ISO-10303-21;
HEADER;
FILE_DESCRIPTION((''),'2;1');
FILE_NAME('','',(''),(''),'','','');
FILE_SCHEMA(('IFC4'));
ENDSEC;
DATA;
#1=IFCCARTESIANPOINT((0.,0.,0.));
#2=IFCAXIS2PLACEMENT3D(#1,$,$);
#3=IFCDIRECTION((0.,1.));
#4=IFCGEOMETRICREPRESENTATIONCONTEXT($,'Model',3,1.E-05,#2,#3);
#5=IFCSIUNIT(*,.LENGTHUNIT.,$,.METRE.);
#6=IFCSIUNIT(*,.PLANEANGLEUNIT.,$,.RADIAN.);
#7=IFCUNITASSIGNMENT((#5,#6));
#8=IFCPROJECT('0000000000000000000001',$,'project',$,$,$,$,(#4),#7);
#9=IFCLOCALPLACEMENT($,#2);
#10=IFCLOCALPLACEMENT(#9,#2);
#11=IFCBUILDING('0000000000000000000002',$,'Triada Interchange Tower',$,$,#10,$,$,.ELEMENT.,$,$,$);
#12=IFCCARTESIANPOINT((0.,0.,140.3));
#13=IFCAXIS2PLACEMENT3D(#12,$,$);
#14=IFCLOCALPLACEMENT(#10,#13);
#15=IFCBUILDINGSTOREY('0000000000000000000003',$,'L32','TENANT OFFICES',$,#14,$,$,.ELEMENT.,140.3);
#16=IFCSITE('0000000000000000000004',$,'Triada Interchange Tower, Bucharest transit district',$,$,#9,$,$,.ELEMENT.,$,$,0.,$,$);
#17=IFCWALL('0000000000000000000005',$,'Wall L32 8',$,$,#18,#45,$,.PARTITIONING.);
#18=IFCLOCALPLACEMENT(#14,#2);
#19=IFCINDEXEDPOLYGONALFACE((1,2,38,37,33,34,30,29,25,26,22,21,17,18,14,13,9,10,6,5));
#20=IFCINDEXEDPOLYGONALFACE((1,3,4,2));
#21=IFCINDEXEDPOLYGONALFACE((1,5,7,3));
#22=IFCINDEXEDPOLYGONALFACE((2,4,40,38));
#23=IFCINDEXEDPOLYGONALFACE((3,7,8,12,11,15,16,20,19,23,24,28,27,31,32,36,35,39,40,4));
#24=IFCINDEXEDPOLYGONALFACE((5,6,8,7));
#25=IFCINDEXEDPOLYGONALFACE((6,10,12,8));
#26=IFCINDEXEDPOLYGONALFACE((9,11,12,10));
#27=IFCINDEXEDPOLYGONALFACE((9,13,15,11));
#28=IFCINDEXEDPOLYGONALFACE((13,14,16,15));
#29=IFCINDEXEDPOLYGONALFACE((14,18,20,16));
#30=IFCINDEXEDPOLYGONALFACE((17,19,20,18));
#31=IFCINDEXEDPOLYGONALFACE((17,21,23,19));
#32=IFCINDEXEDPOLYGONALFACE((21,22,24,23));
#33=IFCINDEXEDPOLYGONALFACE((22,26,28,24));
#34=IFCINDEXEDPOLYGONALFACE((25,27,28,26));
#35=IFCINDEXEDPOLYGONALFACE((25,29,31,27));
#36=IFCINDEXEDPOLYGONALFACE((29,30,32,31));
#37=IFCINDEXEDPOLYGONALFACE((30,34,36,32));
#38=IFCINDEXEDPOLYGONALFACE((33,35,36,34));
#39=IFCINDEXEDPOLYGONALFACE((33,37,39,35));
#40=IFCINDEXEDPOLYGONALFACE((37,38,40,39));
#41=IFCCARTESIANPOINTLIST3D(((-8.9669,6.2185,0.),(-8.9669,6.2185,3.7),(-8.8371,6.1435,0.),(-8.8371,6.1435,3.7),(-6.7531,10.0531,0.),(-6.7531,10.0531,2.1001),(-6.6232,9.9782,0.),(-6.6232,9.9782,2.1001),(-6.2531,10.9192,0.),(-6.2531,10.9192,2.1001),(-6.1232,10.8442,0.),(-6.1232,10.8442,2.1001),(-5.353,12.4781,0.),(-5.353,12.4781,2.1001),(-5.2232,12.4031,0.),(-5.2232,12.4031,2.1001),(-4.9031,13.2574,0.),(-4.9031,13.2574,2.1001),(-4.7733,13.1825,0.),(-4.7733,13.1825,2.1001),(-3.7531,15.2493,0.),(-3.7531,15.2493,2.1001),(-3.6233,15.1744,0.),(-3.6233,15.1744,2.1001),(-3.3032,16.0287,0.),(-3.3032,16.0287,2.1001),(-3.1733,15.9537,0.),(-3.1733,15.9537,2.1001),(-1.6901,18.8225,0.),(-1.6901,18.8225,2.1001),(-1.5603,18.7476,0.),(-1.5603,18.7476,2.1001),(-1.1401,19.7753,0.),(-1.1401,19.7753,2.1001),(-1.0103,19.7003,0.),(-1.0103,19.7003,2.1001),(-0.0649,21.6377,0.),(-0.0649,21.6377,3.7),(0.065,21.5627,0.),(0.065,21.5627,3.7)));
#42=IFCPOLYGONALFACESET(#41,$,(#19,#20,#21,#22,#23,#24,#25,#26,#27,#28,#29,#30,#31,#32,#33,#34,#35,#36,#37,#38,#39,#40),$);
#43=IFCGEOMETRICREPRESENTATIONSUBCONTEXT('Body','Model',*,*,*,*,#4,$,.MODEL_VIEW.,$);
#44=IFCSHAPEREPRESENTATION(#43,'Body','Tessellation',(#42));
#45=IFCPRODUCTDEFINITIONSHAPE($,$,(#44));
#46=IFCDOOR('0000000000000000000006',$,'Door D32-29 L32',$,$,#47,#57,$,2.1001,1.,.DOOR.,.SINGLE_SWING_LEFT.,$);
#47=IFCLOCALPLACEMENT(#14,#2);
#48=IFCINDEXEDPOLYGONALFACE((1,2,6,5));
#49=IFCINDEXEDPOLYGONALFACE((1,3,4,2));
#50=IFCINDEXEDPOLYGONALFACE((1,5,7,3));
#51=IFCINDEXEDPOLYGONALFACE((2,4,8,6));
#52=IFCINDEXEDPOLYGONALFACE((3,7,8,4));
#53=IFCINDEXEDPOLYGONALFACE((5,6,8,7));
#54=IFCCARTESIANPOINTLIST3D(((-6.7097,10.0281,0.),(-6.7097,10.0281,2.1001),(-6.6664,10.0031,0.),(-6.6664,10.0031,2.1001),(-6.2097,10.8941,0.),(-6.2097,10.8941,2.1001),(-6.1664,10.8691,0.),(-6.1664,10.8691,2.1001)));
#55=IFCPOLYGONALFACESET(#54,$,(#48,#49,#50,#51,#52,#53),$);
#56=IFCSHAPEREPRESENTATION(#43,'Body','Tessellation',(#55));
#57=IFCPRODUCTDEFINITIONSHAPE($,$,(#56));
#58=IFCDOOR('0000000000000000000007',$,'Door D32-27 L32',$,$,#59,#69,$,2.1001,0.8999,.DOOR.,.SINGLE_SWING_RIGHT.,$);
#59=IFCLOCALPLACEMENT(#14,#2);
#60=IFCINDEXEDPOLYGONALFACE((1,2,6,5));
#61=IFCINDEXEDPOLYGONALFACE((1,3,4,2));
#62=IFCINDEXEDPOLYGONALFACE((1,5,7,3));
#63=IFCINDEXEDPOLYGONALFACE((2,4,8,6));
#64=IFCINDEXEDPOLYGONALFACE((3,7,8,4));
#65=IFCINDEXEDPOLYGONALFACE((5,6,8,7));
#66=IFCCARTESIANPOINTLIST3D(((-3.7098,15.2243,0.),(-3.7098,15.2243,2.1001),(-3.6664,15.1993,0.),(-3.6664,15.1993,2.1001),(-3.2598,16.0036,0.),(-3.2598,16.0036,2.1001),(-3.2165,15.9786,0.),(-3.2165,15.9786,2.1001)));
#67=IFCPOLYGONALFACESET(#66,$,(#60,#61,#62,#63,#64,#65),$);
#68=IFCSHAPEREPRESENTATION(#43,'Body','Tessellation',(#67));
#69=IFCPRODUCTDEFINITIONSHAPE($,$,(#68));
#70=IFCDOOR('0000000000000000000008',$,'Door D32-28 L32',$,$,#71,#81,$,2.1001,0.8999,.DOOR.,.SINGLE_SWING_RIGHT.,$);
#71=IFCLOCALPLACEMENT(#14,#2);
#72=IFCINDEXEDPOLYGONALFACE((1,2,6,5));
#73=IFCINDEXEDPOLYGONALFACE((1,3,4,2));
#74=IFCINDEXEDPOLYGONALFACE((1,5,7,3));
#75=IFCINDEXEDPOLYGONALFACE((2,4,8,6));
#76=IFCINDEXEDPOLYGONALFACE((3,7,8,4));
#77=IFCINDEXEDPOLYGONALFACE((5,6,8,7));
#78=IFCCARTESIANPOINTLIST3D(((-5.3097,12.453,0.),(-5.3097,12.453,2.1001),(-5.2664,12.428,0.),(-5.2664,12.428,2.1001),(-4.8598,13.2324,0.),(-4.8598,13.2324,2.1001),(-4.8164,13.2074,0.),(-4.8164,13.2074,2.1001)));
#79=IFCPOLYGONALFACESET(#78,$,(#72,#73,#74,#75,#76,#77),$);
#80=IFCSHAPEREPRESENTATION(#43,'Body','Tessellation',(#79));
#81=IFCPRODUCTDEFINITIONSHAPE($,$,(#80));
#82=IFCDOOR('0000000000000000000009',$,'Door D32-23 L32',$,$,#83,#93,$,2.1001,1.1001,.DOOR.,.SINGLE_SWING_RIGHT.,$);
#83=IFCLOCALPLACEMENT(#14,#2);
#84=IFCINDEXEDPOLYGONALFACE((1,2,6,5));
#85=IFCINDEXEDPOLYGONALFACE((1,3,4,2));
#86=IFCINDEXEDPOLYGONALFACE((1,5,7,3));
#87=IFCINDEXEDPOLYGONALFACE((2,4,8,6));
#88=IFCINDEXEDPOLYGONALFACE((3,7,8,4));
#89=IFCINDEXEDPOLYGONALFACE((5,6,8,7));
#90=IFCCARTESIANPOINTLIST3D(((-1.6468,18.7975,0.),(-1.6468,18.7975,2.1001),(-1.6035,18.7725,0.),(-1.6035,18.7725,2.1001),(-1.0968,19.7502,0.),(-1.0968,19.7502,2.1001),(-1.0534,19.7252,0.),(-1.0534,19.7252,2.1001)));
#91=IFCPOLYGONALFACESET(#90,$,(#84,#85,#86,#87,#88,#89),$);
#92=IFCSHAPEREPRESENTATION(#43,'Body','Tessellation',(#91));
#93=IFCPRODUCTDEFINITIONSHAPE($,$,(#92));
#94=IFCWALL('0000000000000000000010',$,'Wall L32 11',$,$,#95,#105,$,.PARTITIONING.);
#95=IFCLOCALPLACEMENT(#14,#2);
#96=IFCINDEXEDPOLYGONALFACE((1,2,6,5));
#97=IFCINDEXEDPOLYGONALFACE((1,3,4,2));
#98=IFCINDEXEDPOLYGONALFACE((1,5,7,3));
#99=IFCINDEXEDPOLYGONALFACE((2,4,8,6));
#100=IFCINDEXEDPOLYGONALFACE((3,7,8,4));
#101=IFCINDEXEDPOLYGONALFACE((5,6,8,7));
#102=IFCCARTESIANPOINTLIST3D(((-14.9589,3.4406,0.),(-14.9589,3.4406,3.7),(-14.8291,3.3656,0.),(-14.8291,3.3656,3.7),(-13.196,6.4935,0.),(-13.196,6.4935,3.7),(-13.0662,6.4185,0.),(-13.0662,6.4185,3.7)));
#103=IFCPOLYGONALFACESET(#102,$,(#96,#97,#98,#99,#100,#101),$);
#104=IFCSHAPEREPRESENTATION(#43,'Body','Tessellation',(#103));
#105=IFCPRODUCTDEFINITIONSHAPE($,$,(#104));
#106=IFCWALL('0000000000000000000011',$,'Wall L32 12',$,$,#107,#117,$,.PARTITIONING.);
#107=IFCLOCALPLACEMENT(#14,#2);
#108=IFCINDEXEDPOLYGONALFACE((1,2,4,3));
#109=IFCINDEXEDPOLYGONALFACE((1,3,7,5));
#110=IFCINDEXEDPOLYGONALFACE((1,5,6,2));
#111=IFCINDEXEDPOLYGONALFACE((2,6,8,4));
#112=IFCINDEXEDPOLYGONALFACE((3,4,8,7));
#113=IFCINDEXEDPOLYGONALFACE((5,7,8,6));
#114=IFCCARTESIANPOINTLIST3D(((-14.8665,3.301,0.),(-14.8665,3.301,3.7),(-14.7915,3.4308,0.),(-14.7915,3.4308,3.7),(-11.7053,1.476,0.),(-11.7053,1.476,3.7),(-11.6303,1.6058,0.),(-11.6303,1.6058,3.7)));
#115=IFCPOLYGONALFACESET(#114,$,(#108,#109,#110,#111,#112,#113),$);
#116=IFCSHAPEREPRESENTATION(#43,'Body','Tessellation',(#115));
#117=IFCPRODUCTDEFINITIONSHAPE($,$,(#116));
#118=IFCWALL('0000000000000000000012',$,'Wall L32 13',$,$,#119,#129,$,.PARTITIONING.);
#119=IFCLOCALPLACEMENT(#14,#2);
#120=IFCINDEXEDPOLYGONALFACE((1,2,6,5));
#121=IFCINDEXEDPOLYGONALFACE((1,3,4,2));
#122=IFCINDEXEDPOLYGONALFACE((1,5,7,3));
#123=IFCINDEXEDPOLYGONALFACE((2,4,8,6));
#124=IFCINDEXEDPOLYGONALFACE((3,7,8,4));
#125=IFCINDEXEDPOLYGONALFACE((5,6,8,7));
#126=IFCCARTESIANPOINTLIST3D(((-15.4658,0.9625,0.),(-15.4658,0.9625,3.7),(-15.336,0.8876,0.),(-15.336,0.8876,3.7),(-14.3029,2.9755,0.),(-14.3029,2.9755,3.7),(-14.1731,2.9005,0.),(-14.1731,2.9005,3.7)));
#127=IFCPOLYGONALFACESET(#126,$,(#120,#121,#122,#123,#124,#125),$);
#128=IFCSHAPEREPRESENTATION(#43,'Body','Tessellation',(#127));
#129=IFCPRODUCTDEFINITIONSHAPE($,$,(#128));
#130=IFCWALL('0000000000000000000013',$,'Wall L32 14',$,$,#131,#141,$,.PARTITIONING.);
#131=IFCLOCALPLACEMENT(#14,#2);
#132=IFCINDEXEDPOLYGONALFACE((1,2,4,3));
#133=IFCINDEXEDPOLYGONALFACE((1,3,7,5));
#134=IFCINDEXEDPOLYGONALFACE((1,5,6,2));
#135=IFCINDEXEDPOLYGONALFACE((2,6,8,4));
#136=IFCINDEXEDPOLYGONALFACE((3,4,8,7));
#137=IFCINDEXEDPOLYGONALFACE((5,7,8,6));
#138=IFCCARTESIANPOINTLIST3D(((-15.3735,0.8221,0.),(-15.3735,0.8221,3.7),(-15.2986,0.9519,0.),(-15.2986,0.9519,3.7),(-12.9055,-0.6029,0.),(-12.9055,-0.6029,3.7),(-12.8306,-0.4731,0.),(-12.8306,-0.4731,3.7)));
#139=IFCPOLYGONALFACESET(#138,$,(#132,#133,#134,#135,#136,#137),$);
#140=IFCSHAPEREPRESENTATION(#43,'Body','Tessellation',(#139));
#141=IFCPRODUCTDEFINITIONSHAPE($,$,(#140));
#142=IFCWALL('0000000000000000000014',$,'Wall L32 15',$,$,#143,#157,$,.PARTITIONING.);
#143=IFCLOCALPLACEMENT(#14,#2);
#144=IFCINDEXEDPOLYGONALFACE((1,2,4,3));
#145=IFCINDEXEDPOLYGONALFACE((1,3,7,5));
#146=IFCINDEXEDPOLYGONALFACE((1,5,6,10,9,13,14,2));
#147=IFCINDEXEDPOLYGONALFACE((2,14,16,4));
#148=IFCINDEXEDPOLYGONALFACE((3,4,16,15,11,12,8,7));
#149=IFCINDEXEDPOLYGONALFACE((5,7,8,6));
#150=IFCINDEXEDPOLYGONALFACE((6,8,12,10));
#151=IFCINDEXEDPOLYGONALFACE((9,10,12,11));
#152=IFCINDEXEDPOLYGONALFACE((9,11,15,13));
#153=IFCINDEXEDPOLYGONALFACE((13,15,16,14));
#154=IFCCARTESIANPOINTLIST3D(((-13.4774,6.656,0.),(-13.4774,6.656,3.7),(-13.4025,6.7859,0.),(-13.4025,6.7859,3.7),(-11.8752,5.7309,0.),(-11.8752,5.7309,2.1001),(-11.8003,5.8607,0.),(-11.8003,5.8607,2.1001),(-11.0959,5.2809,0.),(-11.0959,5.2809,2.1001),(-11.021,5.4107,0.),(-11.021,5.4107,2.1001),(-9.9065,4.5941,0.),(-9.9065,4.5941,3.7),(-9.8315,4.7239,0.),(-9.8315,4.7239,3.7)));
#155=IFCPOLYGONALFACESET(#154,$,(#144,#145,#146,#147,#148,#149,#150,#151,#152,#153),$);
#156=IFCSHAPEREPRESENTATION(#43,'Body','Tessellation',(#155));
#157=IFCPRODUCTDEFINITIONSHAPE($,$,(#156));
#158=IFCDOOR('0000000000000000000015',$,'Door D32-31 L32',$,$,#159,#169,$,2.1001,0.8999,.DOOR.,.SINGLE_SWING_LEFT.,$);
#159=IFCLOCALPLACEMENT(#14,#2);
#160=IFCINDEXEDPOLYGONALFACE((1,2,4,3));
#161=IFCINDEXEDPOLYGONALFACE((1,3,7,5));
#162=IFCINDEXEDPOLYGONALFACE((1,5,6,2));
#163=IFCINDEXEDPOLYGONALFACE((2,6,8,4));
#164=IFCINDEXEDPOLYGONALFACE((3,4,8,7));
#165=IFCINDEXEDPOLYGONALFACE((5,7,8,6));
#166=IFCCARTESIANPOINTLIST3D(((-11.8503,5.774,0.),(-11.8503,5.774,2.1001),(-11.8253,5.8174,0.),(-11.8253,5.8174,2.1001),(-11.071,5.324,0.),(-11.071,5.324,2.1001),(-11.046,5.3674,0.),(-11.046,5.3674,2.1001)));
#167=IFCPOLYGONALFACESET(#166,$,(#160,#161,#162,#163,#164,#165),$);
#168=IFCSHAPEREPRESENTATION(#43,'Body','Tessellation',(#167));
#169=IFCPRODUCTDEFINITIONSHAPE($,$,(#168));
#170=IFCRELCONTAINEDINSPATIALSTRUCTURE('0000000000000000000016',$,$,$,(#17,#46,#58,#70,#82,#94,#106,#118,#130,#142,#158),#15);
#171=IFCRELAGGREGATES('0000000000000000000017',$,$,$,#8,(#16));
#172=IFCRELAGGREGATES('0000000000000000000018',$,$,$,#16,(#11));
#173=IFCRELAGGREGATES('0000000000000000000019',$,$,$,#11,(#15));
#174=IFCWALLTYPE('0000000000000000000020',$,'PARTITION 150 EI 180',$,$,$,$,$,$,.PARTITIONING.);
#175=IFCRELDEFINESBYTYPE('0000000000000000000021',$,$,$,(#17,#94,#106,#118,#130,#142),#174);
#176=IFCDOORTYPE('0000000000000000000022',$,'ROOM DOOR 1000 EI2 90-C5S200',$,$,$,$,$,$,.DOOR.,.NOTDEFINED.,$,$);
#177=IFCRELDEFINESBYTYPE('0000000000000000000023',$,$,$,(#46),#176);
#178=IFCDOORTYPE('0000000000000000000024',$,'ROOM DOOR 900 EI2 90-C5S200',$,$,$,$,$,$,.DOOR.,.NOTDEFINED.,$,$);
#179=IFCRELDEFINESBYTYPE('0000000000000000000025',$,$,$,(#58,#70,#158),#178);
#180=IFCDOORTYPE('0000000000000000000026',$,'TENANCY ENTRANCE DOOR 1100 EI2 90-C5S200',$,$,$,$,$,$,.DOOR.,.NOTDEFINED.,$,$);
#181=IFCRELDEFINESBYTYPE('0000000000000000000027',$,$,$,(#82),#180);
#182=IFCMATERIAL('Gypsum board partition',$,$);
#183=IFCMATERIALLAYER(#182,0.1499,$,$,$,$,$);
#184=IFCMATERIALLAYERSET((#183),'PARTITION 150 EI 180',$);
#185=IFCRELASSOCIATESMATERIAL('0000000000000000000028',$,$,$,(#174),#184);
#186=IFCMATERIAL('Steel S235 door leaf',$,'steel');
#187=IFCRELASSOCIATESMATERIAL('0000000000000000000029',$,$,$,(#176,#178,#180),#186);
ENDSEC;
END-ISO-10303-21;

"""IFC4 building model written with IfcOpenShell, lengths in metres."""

from ifc_helpers import new_model, si_unit, direction, frame, frame_2d, origin, place, context, subcontext, project, spatial, rectangle, extrude, material, layer, layer_set, type_object, element, fill, save


model = new_model("IFC4")

# Units and contexts
model_context = context("Model", 3, precision=1e-05, world=origin(), true_north=direction((0.0, 1.0)))
body_context = subcontext(model_context, "Body", "Model", "MODEL_VIEW")
ifc_project = project(units=[si_unit("LENGTHUNIT", "METRE"), si_unit("PLANEANGLEUNIT", "RADIAN")], contexts=[model_context])

# Site, building, storey
site_placement = place(None, origin())
site = spatial("IfcSite", under=ifc_project, at=site_placement, Name="Triada Interchange Tower, Bucharest transit district", CompositionType="ELEMENT", RefElevation=0.0)
building_placement = place(site_placement, origin())
building = spatial("IfcBuilding", under=site, at=building_placement, Name="Triada Interchange Tower", CompositionType="ELEMENT")
storey_placement = place(building_placement, frame((0.0, 0.0, 140.3)))
storey = spatial("IfcBuildingStorey", under=building, at=storey_placement, Name="L32", Description="TENANT OFFICES", CompositionType="ELEMENT", Elevation=140.3)

# Wall, openings, doors
ifc_material_1 = material(Name="Gypsum board partition")
ifc_layer_1 = layer(ifc_material_1, 0.1499)
ifc_layer_set_1 = layer_set([ifc_layer_1], Name="PARTITION 150 EI 180")
wall_type_1 = type_object("IfcWallType", Name="PARTITION 150 EI 180", PredefinedType="PARTITIONING", material=ifc_layer_set_1)
wall_1_placement = place(storey_placement, frame((-8.9021, 6.1809, 0.0), z_axis=(0.0, 0.0, 1.0), x_axis=(0.499993, 0.86603, 0.0)))
wall_1 = element("IfcWall", 1, at=wall_1_placement, inside=storey, type_object=wall_type_1, Name="Wall L32 8", PredefinedType="PARTITIONING", context=body_context, shape_type="SweptSolid", body=[
    extrude(rectangle(XDim=17.8044, YDim=0.1499, at=frame_2d((8.9023, 0.0))), origin(), (0.0, 0.0, 1.0), 3.7),
])
opening_1_placement = place(wall_1_placement, frame((14.554, 0.0, 0.0)))
opening_1 = element("IfcOpeningElement", 2, at=opening_1_placement, cuts=wall_1, PredefinedType="OPENING", context=body_context, shape_type="SweptSolid", body=[
    extrude(rectangle(XDim=1.1001, YDim=2.1001, at=frame_2d((0.55, 1.05))), frame((0.0, 0.085, 0.0), z_axis=(0.0, -1.0, 0.0), x_axis=(1.0, 0.0, 0.0)), (0.0, 0.0, 1.0), 0.1699),
])
opening_2_placement = place(wall_1_placement, frame((10.428, 0.0, 0.0)))
opening_2 = element("IfcOpeningElement", 3, at=opening_2_placement, cuts=wall_1, PredefinedType="OPENING", context=body_context, shape_type="SweptSolid", body=[
    extrude(rectangle(XDim=0.8999, YDim=2.1001, at=frame_2d((0.45, 1.05))), frame((0.0, 0.085, 0.0), z_axis=(0.0, -1.0, 0.0), x_axis=(1.0, 0.0, 0.0)), (0.0, 0.0, 1.0), 0.1699),
])
opening_3_placement = place(wall_1_placement, frame((7.228, 0.0, 0.0)))
opening_3 = element("IfcOpeningElement", 4, at=opening_3_placement, cuts=wall_1, PredefinedType="OPENING", context=body_context, shape_type="SweptSolid", body=[
    extrude(rectangle(XDim=0.8999, YDim=2.1001, at=frame_2d((0.45, 1.05))), frame((0.0, 0.085, 0.0), z_axis=(0.0, -1.0, 0.0), x_axis=(1.0, 0.0, 0.0)), (0.0, 0.0, 1.0), 0.1699),
])
opening_4_placement = place(wall_1_placement, frame((4.428, 0.0, 0.0)))
opening_4 = element("IfcOpeningElement", 5, at=opening_4_placement, cuts=wall_1, PredefinedType="OPENING", context=body_context, shape_type="SweptSolid", body=[
    extrude(rectangle(XDim=1.0, YDim=2.1001, at=frame_2d((0.5, 1.05))), frame((0.0, 0.085, 0.0), z_axis=(0.0, -1.0, 0.0), x_axis=(1.0, 0.0, 0.0)), (0.0, 0.0, 1.0), 0.1699),
])
ifc_material_2 = material(Name="Steel S235 door leaf", Category="steel")
door_type_1 = type_object("IfcDoorType", Name="ROOM DOOR 1000 EI2 90-C5S200", OperationType="NOTDEFINED", PredefinedType="DOOR", material=ifc_material_2)
door_1_placement = place(opening_4_placement, origin())
door_1 = element("IfcDoor", 6, at=door_1_placement, inside=storey, type_object=door_type_1, Name="Door D32-29 L32", OperationType="SINGLE_SWING_LEFT", OverallHeight=2.1001, OverallWidth=1.0, PredefinedType="DOOR", context=body_context, shape_type="SweptSolid", body=[
    extrude(rectangle(XDim=1.0, YDim=2.1001, at=frame_2d((0.5, 1.05))), frame((0.0, 0.0249, 0.0), z_axis=(0.0, -1.0, 0.0), x_axis=(1.0, 0.0, 0.0)), (0.0, 0.0, 1.0), 0.05),
])
fill(opening_4, door_1)
door_type_2 = type_object("IfcDoorType", Name="ROOM DOOR 900 EI2 90-C5S200", OperationType="NOTDEFINED", PredefinedType="DOOR", material=ifc_material_2)
door_2_placement = place(opening_2_placement, origin())
door_2 = element("IfcDoor", 7, at=door_2_placement, inside=storey, type_object=door_type_2, Name="Door D32-27 L32", OperationType="SINGLE_SWING_RIGHT", OverallHeight=2.1001, OverallWidth=0.8999, PredefinedType="DOOR", context=body_context, shape_type="SweptSolid", body=[
    extrude(rectangle(XDim=0.8999, YDim=2.1001, at=frame_2d((0.45, 1.05))), frame((0.0, 0.0249, 0.0), z_axis=(0.0, -1.0, 0.0), x_axis=(1.0, 0.0, 0.0)), (0.0, 0.0, 1.0), 0.05),
])
fill(opening_2, door_2)
door_3_placement = place(opening_3_placement, origin())
door_3 = element("IfcDoor", 8, at=door_3_placement, inside=storey, type_object=door_type_2, Name="Door D32-28 L32", OperationType="SINGLE_SWING_RIGHT", OverallHeight=2.1001, OverallWidth=0.8999, PredefinedType="DOOR", context=body_context, shape_type="SweptSolid", body=[
    extrude(rectangle(XDim=0.8999, YDim=2.1001, at=frame_2d((0.45, 1.05))), frame((0.0, 0.0249, 0.0), z_axis=(0.0, -1.0, 0.0), x_axis=(1.0, 0.0, 0.0)), (0.0, 0.0, 1.0), 0.05),
])
fill(opening_3, door_3)
door_type_3 = type_object("IfcDoorType", Name="TENANCY ENTRANCE DOOR 1100 EI2 90-C5S200", OperationType="NOTDEFINED", PredefinedType="DOOR", material=ifc_material_2)
door_4_placement = place(opening_1_placement, origin())
door_4 = element("IfcDoor", 9, at=door_4_placement, inside=storey, type_object=door_type_3, Name="Door D32-23 L32", OperationType="SINGLE_SWING_RIGHT", OverallHeight=2.1001, OverallWidth=1.1001, PredefinedType="DOOR", context=body_context, shape_type="SweptSolid", body=[
    extrude(rectangle(XDim=1.1001, YDim=2.1001, at=frame_2d((0.55, 1.05))), frame((0.0, 0.0249, 0.0), z_axis=(0.0, -1.0, 0.0), x_axis=(1.0, 0.0, 0.0)), (0.0, 0.0, 1.0), 0.05),
])
fill(opening_1, door_4)

# Walls
wall_2_placement = place(storey_placement, frame((-14.894, 3.4031, 0.0), z_axis=(0.0, 0.0, 1.0), x_axis=(0.500064, 0.865988, 0.0)))
element("IfcWall", 10, at=wall_2_placement, inside=storey, type_object=wall_type_1, Name="Wall L32 11", PredefinedType="PARTITIONING", context=body_context, shape_type="SweptSolid", body=[
    extrude(rectangle(XDim=3.5254, YDim=0.1499, at=frame_2d((1.7627, 0.0))), origin(), (0.0, 0.0, 1.0), 3.7),
])
wall_3_placement = place(storey_placement, frame((-14.8291, 3.366, 0.0), z_axis=(0.0, 0.0, 1.0), x_axis=(0.866041, -0.499973, 0.0)))
element("IfcWall", 11, at=wall_3_placement, inside=storey, type_object=wall_type_1, Name="Wall L32 12", PredefinedType="PARTITIONING", context=body_context, shape_type="SweptSolid", body=[
    extrude(rectangle(XDim=3.6501, YDim=0.1499, at=frame_2d((1.8252, 0.0))), origin(), (0.0, 0.0, 1.0), 3.7),
])
wall_4_placement = place(storey_placement, frame((-15.4009, 0.925, 0.0), z_axis=(0.0, 0.0, 1.0), x_axis=(0.500216, 0.8659, 0.0)))
element("IfcWall", 12, at=wall_4_placement, inside=storey, type_object=wall_type_1, Name="Wall L32 13", PredefinedType="PARTITIONING", context=body_context, shape_type="SweptSolid", body=[
    extrude(rectangle(XDim=2.3247, YDim=0.1499, at=frame_2d((1.1624, 0.0))), origin(), (0.0, 0.0, 1.0), 3.7),
])
wall_5_placement = place(storey_placement, frame((-15.3359, 0.887, 0.0), z_axis=(0.0, 0.0, 1.0), x_axis=(0.866004, -0.500036, 0.0)))
element("IfcWall", 13, at=wall_5_placement, inside=storey, type_object=wall_type_1, Name="Wall L32 14", PredefinedType="PARTITIONING", context=body_context, shape_type="SweptSolid", body=[
    extrude(rectangle(XDim=2.8499, YDim=0.1499, at=frame_2d((1.4248, 0.0))), origin(), (0.0, 0.0, 1.0), 3.7),
])

# Wall, opening, door
wall_6_placement = place(storey_placement, frame((-13.4399, 6.7209, 0.0), z_axis=(0.0, 0.0, 1.0), x_axis=(0.865997, -0.500049, 0.0)))
wall_6 = element("IfcWall", 14, at=wall_6_placement, inside=storey, type_object=wall_type_1, Name="Wall L32 15", PredefinedType="PARTITIONING", context=body_context, shape_type="SweptSolid", body=[
    extrude(rectangle(XDim=4.1235, YDim=0.1499, at=frame_2d((2.0618, 0.0))), origin(), (0.0, 0.0, 1.0), 3.7),
])
opening_5_placement = place(wall_6_placement, frame((1.8501, 0.0, 0.0)))
opening_5 = element("IfcOpeningElement", 15, at=opening_5_placement, cuts=wall_6, PredefinedType="OPENING", context=body_context, shape_type="SweptSolid", body=[
    extrude(rectangle(XDim=0.8999, YDim=2.1001, at=frame_2d((0.45, 1.05))), frame((0.0, 0.085, 0.0), z_axis=(0.0, -1.0, 0.0), x_axis=(1.0, 0.0, 0.0)), (0.0, 0.0, 1.0), 0.1699),
])
door_5_placement = place(opening_5_placement, origin())
door_5 = element("IfcDoor", 16, at=door_5_placement, inside=storey, type_object=door_type_2, Name="Door D32-31 L32", OperationType="SINGLE_SWING_LEFT", OverallHeight=2.1001, OverallWidth=0.8999, PredefinedType="DOOR", context=body_context, shape_type="SweptSolid", body=[
    extrude(rectangle(XDim=0.8999, YDim=2.1001, at=frame_2d((0.45, 1.05))), frame((0.0, 0.0249, 0.0), z_axis=(0.0, -1.0, 0.0), x_axis=(1.0, 0.0, 0.0)), (0.0, 0.0, 1.0), 0.05),
])
fill(opening_5, door_5)

save(model, "model.ifc")
